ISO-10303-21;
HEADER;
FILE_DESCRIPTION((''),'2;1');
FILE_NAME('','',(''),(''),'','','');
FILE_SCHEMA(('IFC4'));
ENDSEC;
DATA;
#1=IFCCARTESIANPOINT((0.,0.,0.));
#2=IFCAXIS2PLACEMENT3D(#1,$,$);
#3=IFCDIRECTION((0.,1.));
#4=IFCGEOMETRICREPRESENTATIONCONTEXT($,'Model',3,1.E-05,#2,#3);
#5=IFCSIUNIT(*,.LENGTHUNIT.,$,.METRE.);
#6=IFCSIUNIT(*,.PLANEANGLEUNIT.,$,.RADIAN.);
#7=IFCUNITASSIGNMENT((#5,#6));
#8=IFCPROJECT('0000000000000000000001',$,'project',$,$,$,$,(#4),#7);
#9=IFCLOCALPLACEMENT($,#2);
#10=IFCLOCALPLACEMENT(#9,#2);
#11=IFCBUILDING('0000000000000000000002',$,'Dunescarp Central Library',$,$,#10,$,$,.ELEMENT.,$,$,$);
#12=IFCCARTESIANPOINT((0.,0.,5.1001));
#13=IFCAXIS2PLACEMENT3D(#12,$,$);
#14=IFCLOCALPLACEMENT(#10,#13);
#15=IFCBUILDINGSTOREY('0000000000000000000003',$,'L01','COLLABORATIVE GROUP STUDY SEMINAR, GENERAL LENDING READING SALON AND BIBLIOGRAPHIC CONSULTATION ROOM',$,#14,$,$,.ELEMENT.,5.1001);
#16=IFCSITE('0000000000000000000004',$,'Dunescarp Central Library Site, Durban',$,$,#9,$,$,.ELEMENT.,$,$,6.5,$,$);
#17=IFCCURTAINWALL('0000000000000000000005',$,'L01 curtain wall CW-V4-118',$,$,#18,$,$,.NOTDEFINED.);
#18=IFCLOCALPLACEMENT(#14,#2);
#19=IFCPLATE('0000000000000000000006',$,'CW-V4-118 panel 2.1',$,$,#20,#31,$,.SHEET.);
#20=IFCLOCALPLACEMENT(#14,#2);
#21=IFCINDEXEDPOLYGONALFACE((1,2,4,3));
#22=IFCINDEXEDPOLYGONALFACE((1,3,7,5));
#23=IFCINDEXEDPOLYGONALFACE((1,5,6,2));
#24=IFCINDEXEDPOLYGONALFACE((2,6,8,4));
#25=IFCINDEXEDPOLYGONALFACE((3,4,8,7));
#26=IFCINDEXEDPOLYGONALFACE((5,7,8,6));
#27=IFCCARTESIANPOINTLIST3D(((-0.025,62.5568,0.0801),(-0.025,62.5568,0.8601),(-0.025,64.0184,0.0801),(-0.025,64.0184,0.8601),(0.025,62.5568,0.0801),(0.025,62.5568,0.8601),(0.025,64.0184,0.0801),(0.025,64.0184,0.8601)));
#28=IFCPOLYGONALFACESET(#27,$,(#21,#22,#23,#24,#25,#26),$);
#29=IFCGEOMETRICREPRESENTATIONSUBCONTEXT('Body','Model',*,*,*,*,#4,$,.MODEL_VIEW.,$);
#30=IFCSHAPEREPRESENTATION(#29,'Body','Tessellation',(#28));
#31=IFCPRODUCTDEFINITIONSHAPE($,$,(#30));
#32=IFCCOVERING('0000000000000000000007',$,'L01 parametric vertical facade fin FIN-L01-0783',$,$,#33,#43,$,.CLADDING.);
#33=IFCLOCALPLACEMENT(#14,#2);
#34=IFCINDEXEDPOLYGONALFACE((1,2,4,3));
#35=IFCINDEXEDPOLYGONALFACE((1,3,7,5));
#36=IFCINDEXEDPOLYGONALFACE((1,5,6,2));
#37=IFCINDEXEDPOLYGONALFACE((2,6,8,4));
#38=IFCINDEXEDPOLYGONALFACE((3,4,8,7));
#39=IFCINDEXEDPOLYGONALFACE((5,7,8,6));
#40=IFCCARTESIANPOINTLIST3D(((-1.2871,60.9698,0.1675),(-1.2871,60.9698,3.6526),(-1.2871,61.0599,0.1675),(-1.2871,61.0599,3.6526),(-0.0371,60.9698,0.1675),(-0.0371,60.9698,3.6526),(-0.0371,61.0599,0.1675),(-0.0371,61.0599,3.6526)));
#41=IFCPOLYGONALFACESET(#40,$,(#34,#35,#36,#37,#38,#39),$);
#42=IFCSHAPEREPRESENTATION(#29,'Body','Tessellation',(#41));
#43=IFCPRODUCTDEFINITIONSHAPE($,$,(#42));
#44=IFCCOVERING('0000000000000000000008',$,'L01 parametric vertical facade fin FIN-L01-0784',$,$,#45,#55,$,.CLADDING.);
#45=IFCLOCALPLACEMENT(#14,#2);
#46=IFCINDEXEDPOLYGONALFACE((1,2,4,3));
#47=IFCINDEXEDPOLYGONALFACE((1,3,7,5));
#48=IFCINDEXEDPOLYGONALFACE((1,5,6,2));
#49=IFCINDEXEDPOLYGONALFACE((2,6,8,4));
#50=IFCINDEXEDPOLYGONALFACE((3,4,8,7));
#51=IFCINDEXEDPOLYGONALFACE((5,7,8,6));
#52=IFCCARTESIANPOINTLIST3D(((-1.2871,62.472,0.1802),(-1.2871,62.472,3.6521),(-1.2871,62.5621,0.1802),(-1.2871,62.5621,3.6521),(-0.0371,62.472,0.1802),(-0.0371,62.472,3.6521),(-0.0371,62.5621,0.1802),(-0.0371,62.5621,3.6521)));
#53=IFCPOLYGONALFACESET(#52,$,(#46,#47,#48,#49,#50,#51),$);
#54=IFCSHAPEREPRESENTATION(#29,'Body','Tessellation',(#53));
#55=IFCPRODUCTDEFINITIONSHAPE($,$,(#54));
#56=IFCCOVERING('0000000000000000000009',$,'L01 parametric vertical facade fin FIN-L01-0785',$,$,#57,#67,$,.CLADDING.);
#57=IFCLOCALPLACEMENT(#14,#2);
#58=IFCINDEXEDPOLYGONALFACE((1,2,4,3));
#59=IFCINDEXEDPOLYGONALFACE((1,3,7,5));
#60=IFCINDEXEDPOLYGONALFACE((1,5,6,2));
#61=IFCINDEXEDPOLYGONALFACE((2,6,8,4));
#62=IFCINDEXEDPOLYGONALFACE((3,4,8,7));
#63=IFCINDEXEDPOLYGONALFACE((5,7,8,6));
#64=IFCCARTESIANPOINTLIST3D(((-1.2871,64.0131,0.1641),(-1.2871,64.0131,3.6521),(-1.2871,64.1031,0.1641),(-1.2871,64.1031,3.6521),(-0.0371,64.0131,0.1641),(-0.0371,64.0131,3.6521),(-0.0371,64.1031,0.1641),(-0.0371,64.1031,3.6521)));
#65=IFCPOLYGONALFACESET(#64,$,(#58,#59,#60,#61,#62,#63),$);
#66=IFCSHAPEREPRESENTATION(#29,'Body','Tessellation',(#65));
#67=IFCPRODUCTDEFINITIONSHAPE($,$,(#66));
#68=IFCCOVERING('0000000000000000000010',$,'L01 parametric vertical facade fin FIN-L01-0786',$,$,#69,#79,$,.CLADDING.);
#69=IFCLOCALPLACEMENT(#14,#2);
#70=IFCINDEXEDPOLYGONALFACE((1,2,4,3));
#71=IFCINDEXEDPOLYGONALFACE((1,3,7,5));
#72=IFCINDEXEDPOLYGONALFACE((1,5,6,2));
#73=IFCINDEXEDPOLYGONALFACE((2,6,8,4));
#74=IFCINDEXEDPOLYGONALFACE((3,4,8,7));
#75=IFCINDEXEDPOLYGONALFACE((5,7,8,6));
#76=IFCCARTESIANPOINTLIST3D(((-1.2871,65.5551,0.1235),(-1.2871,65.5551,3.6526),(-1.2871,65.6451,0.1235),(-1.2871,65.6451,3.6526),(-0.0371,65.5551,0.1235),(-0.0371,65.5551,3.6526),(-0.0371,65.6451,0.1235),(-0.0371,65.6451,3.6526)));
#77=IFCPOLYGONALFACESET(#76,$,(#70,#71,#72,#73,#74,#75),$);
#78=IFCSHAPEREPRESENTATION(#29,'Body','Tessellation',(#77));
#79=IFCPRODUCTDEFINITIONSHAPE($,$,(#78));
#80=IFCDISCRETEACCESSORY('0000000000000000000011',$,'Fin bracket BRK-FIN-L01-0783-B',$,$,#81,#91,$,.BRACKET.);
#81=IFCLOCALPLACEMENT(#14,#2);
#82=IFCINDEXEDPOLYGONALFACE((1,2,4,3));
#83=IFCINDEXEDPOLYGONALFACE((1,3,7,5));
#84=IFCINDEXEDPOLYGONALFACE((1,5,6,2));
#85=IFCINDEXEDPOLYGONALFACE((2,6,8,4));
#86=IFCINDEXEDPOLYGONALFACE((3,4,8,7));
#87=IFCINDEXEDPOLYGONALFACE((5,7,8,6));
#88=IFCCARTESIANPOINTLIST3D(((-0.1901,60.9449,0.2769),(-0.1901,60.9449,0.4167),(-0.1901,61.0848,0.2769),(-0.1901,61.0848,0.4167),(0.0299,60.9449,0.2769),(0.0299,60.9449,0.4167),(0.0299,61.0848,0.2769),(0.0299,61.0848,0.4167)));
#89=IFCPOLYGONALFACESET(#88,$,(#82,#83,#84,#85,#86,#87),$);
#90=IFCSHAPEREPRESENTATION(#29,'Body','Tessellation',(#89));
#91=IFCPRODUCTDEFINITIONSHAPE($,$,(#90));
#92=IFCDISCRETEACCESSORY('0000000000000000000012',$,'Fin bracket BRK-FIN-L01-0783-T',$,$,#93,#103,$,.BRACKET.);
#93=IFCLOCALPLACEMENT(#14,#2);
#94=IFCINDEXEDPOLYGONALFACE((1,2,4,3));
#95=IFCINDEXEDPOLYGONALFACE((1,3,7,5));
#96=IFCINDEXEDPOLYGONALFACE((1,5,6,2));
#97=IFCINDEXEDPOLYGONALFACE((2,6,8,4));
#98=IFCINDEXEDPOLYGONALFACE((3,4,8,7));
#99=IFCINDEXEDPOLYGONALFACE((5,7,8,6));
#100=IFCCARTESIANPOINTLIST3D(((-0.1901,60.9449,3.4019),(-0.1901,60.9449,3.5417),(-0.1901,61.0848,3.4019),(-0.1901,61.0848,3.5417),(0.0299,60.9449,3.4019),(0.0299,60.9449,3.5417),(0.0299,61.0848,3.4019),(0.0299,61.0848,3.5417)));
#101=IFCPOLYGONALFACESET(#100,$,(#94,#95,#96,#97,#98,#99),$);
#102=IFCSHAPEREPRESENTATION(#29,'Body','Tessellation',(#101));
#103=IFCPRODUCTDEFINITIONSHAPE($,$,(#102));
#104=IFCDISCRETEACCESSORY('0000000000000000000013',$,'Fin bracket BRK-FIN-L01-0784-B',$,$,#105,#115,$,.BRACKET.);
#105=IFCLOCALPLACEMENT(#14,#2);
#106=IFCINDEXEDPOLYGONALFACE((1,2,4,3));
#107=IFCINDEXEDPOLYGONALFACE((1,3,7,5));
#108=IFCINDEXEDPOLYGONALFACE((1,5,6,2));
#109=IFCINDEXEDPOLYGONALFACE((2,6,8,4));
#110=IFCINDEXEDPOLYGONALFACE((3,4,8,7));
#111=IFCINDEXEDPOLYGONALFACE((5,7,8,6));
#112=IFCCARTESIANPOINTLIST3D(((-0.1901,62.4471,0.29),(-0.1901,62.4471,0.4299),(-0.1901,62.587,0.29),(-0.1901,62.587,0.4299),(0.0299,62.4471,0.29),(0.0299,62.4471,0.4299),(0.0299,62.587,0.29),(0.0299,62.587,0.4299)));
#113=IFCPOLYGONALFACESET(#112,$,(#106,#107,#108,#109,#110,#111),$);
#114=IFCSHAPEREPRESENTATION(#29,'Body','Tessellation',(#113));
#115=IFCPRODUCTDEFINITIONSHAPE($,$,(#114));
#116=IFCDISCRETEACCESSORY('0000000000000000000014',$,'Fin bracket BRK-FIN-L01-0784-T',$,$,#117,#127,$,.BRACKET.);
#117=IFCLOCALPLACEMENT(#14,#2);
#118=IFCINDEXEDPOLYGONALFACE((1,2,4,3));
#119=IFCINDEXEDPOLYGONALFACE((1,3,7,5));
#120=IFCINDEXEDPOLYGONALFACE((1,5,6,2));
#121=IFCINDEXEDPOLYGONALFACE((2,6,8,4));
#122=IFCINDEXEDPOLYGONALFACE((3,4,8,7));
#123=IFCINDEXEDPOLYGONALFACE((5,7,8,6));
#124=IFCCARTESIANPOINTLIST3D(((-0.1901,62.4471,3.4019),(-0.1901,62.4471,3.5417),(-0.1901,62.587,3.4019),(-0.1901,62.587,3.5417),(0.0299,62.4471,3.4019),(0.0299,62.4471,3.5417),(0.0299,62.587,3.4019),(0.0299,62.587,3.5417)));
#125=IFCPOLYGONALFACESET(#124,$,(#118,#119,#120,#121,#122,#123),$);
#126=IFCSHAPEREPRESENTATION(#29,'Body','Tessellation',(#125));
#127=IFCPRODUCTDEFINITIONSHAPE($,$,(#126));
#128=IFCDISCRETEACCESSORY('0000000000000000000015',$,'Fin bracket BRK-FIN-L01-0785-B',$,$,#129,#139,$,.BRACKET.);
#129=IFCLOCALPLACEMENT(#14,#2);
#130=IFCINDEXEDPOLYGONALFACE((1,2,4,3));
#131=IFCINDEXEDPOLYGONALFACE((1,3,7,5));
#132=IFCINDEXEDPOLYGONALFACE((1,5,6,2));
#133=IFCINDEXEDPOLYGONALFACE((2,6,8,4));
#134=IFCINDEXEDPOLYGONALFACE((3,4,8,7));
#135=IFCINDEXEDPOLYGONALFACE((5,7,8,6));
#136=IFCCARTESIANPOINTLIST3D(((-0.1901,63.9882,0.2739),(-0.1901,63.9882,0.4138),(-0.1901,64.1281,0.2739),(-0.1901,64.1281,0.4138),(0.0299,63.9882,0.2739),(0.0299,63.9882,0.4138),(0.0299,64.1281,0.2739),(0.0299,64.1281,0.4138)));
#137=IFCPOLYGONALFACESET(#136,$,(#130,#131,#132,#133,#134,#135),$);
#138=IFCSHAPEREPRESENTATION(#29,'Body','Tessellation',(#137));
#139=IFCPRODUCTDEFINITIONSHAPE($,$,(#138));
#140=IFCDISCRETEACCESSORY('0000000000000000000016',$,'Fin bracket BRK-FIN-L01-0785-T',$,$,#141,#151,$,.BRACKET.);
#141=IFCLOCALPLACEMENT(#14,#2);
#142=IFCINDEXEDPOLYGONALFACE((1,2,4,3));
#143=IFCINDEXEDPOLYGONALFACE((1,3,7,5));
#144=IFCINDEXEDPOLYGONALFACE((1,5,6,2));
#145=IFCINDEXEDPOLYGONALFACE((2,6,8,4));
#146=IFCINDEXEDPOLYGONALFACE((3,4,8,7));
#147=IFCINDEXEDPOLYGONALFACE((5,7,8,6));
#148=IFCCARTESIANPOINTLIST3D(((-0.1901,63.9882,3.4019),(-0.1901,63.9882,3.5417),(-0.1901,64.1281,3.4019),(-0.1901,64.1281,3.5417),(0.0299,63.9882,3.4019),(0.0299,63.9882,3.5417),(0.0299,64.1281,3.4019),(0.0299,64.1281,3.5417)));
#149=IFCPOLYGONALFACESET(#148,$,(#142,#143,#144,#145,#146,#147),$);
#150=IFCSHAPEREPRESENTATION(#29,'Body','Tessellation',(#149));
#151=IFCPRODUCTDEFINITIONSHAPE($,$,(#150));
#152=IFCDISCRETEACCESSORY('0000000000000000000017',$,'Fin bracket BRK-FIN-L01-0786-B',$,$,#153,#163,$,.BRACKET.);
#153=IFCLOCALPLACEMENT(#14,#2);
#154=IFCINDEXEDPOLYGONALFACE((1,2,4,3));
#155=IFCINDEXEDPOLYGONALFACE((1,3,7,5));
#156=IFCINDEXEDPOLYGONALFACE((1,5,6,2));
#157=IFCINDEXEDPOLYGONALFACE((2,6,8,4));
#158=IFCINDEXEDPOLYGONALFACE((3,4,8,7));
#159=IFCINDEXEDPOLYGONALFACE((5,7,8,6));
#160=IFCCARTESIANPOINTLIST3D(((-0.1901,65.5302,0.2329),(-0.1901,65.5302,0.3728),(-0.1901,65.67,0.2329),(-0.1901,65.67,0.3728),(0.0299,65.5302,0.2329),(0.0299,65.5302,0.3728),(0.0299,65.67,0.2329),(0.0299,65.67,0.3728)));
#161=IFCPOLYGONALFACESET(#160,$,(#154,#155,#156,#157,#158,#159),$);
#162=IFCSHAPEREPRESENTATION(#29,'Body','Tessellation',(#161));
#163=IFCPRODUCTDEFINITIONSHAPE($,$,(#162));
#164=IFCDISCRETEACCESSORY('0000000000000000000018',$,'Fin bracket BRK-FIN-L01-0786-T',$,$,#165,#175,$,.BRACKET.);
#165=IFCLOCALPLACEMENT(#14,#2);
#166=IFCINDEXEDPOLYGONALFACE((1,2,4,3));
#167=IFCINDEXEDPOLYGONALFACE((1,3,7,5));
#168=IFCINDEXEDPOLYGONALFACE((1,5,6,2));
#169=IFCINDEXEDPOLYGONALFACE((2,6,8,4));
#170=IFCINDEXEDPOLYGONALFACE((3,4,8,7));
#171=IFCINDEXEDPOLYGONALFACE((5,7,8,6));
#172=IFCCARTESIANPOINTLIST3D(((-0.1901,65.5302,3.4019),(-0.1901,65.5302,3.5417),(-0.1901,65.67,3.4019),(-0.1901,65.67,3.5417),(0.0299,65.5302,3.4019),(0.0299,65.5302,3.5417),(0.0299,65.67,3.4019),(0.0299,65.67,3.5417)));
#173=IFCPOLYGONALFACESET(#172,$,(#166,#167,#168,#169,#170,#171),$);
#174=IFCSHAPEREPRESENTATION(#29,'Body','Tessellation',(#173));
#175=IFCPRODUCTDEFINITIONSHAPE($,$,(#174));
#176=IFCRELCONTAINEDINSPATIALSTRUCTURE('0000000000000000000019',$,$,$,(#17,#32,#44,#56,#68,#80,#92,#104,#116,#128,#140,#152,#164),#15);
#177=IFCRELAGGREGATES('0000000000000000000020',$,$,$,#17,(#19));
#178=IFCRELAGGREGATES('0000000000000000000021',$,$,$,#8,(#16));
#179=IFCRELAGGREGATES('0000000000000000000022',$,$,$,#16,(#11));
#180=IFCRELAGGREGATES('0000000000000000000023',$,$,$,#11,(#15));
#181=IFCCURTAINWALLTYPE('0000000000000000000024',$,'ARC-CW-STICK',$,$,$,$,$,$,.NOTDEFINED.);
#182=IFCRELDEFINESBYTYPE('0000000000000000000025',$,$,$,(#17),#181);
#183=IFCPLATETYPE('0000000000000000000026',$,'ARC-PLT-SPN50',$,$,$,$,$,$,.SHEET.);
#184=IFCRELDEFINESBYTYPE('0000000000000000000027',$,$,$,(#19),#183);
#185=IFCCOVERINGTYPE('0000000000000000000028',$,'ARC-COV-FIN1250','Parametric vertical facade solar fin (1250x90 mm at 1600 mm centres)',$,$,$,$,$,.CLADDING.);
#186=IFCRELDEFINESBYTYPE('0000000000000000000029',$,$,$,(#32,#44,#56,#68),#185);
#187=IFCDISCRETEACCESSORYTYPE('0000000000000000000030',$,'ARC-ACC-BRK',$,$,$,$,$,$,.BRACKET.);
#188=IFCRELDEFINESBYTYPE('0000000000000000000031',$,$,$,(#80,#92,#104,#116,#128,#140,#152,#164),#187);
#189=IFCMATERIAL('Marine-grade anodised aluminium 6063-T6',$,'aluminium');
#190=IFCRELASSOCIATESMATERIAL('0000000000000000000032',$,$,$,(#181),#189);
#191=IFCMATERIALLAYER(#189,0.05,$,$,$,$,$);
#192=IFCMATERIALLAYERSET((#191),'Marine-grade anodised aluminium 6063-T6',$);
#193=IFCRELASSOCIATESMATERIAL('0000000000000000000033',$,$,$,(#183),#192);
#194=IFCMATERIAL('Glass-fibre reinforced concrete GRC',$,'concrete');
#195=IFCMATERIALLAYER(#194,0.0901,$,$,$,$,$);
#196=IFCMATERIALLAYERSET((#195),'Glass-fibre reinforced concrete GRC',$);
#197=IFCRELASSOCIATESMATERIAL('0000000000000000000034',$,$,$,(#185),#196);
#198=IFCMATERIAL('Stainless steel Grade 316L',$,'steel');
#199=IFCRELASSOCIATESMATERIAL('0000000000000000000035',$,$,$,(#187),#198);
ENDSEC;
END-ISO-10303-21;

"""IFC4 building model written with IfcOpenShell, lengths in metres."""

from ifc_helpers import new_model, si_unit, direction, frame, origin, origin_2d, place, context, subcontext, project, spatial, rectangle, extrude, material, layer, layer_set, type_object, element, aggregate, save


model = new_model("IFC4")

# Units and contexts
model_context = context("Model", 3, precision=1e-05, world=origin(), true_north=direction((0.0, 1.0)))
body_context = subcontext(model_context, "Body", "Model", "MODEL_VIEW")
ifc_project = project(units=[si_unit("LENGTHUNIT", "METRE"), si_unit("PLANEANGLEUNIT", "RADIAN")], contexts=[model_context])

# Site, building, storey
site_placement = place(None, origin())
site = spatial("IfcSite", under=ifc_project, at=site_placement, Name="Dunescarp Central Library Site, Durban", CompositionType="ELEMENT", RefElevation=6.5)
building_placement = place(site_placement, origin())
building = spatial("IfcBuilding", under=site, at=building_placement, Name="Dunescarp Central Library", CompositionType="ELEMENT")
storey_placement = place(building_placement, frame((0.0, 0.0, 5.1001)))
storey = spatial("IfcBuildingStorey", under=building, at=storey_placement, Name="L01", Description="COLLABORATIVE GROUP STUDY SEMINAR, GENERAL LENDING READING SALON AND BIBLIOGRAPHIC CONSULTATION ROOM", CompositionType="ELEMENT", Elevation=5.1001)

# Curtain wall, plate
ifc_material_1 = material(Name="Marine-grade anodised aluminium 6063-T6", Category="aluminium")
curtain_wall_type = type_object("IfcCurtainWallType", Name="ARC-CW-STICK", PredefinedType="NOTDEFINED", material=ifc_material_1)
curtain_wall_placement = place(storey_placement, origin())
curtain_wall = element("IfcCurtainWall", 1, at=curtain_wall_placement, inside=storey, type_object=curtain_wall_type, Name="L01 curtain wall CW-V4-118", PredefinedType="NOTDEFINED")
ifc_layer_1 = layer(ifc_material_1, 0.05)
ifc_layer_set_1 = layer_set([ifc_layer_1], Name="Marine-grade anodised aluminium 6063-T6")
plate_type_1 = type_object("IfcPlateType", Name="ARC-PLT-SPN50", PredefinedType="SHEET", material=ifc_layer_set_1)
plate_1_placement = place(storey_placement, frame((0.0, 63.2876, 0.0801), z_axis=(0.0, 0.0, 1.0), x_axis=(0.0, 1.0, 0.0)))
plate_1 = element("IfcPlate", 2, at=plate_1_placement, type_object=plate_type_1, Name="CW-V4-118 panel 2.1", PredefinedType="SHEET", context=body_context, shape_type="SweptSolid", body=[
    extrude(rectangle(XDim=1.4617, YDim=0.05, at=origin_2d()), origin(), (0.0, 0.0, 1.0), 0.78),
])
aggregate(curtain_wall, [plate_1])

# Coverings
ifc_material_2 = material(Name="Glass-fibre reinforced concrete GRC", Category="concrete")
ifc_layer_2 = layer(ifc_material_2, 0.0901)
ifc_layer_set_2 = layer_set([ifc_layer_2], Name="Glass-fibre reinforced concrete GRC")
covering_type = type_object("IfcCoveringType", Name="ARC-COV-FIN1250", Description="Parametric vertical facade solar fin (1250x90 mm at 1600 mm centres)", PredefinedType="CLADDING", material=ifc_layer_set_2)
covering_1_placement = place(storey_placement, frame((-0.6621, 61.0149, 0.1675), z_axis=(0.0, 0.0, 1.0), x_axis=(-1.0, 0.0, 0.0)))
element("IfcCovering", 3, at=covering_1_placement, inside=storey, type_object=covering_type, Name="L01 parametric vertical facade fin FIN-L01-0783", PredefinedType="CLADDING", context=body_context, shape_type="SweptSolid", body=[
    extrude(rectangle(XDim=1.25, YDim=0.0901, at=origin_2d()), origin(), (0.0, 0.0, 1.0), 3.4851),
])
covering_2_placement = place(storey_placement, frame((-0.6621, 62.5171, 0.1802), z_axis=(0.0, 0.0, 1.0), x_axis=(-1.0, 0.0, 0.0)))
element("IfcCovering", 4, at=covering_2_placement, inside=storey, type_object=covering_type, Name="L01 parametric vertical facade fin FIN-L01-0784", PredefinedType="CLADDING", context=body_context, shape_type="SweptSolid", body=[
    extrude(rectangle(XDim=1.25, YDim=0.0901, at=origin_2d()), origin(), (0.0, 0.0, 1.0), 3.4719),
])
covering_3_placement = place(storey_placement, frame((-0.6621, 64.0581, 0.1641), z_axis=(0.0, 0.0, 1.0), x_axis=(-1.0, 0.0, 0.0)))
element("IfcCovering", 5, at=covering_3_placement, inside=storey, type_object=covering_type, Name="L01 parametric vertical facade fin FIN-L01-0785", PredefinedType="CLADDING", context=body_context, shape_type="SweptSolid", body=[
    extrude(rectangle(XDim=1.25, YDim=0.0901, at=origin_2d()), origin(), (0.0, 0.0, 1.0), 3.488),
])
covering_4_placement = place(storey_placement, frame((-0.6621, 65.6001, 0.1235), z_axis=(0.0, 0.0, 1.0), x_axis=(-1.0, 0.0, 0.0)))
element("IfcCovering", 6, at=covering_4_placement, inside=storey, type_object=covering_type, Name="L01 parametric vertical facade fin FIN-L01-0786", PredefinedType="CLADDING", context=body_context, shape_type="SweptSolid", body=[
    extrude(rectangle(XDim=1.25, YDim=0.0901, at=origin_2d()), origin(), (0.0, 0.0, 1.0), 3.5291),
])

# Discrete accessories
ifc_material_3 = material(Name="Stainless steel Grade 316L", Category="steel")
discrete_accessory_type = type_object("IfcDiscreteAccessoryType", Name="ARC-ACC-BRK", PredefinedType="BRACKET", material=ifc_material_3)
for number, where, z_axis, x_axis, name in (
    (7, (-0.0801, 61.0149, 0.2769), (0.0, 0.0, 1.0), (-1.0, 0.0, 0.0), "Fin bracket BRK-FIN-L01-0783-B"),
    (8, (-0.0801, 61.0149, 3.4019), (0.0, 0.0, 1.0), (-1.0, 0.0, 0.0), "Fin bracket BRK-FIN-L01-0783-T"),
    (9, (-0.0801, 62.5171, 0.29), (0.0, 0.0, 1.0), (-1.0, 0.0, 0.0), "Fin bracket BRK-FIN-L01-0784-B"),
    (10, (-0.0801, 62.5171, 3.4019), (0.0, 0.0, 1.0), (-1.0, 0.0, 0.0), "Fin bracket BRK-FIN-L01-0784-T"),
    (11, (-0.0801, 64.0581, 0.2739), (0.0, 0.0, 1.0), (-1.0, 0.0, 0.0), "Fin bracket BRK-FIN-L01-0785-B"),
    (12, (-0.0801, 64.0581, 3.4019), (0.0, 0.0, 1.0), (-1.0, 0.0, 0.0), "Fin bracket BRK-FIN-L01-0785-T"),
    (13, (-0.0801, 65.6001, 0.2329), (0.0, 0.0, 1.0), (-1.0, 0.0, 0.0), "Fin bracket BRK-FIN-L01-0786-B"),
    (14, (-0.0801, 65.6001, 3.4019), (0.0, 0.0, 1.0), (-1.0, 0.0, 0.0), "Fin bracket BRK-FIN-L01-0786-T"),
):
    element("IfcDiscreteAccessory", number, at=place(storey_placement, frame(where, z_axis=z_axis, x_axis=x_axis)), inside=storey, type_object=discrete_accessory_type, Name=name, PredefinedType="BRACKET", context=body_context, shape_type="SweptSolid", body=[
        extrude(rectangle(XDim=0.22, YDim=0.1399, at=origin_2d()), origin(), (0.0, 0.0, 1.0), 0.1399),
    ])

save(model, "model.ifc")
